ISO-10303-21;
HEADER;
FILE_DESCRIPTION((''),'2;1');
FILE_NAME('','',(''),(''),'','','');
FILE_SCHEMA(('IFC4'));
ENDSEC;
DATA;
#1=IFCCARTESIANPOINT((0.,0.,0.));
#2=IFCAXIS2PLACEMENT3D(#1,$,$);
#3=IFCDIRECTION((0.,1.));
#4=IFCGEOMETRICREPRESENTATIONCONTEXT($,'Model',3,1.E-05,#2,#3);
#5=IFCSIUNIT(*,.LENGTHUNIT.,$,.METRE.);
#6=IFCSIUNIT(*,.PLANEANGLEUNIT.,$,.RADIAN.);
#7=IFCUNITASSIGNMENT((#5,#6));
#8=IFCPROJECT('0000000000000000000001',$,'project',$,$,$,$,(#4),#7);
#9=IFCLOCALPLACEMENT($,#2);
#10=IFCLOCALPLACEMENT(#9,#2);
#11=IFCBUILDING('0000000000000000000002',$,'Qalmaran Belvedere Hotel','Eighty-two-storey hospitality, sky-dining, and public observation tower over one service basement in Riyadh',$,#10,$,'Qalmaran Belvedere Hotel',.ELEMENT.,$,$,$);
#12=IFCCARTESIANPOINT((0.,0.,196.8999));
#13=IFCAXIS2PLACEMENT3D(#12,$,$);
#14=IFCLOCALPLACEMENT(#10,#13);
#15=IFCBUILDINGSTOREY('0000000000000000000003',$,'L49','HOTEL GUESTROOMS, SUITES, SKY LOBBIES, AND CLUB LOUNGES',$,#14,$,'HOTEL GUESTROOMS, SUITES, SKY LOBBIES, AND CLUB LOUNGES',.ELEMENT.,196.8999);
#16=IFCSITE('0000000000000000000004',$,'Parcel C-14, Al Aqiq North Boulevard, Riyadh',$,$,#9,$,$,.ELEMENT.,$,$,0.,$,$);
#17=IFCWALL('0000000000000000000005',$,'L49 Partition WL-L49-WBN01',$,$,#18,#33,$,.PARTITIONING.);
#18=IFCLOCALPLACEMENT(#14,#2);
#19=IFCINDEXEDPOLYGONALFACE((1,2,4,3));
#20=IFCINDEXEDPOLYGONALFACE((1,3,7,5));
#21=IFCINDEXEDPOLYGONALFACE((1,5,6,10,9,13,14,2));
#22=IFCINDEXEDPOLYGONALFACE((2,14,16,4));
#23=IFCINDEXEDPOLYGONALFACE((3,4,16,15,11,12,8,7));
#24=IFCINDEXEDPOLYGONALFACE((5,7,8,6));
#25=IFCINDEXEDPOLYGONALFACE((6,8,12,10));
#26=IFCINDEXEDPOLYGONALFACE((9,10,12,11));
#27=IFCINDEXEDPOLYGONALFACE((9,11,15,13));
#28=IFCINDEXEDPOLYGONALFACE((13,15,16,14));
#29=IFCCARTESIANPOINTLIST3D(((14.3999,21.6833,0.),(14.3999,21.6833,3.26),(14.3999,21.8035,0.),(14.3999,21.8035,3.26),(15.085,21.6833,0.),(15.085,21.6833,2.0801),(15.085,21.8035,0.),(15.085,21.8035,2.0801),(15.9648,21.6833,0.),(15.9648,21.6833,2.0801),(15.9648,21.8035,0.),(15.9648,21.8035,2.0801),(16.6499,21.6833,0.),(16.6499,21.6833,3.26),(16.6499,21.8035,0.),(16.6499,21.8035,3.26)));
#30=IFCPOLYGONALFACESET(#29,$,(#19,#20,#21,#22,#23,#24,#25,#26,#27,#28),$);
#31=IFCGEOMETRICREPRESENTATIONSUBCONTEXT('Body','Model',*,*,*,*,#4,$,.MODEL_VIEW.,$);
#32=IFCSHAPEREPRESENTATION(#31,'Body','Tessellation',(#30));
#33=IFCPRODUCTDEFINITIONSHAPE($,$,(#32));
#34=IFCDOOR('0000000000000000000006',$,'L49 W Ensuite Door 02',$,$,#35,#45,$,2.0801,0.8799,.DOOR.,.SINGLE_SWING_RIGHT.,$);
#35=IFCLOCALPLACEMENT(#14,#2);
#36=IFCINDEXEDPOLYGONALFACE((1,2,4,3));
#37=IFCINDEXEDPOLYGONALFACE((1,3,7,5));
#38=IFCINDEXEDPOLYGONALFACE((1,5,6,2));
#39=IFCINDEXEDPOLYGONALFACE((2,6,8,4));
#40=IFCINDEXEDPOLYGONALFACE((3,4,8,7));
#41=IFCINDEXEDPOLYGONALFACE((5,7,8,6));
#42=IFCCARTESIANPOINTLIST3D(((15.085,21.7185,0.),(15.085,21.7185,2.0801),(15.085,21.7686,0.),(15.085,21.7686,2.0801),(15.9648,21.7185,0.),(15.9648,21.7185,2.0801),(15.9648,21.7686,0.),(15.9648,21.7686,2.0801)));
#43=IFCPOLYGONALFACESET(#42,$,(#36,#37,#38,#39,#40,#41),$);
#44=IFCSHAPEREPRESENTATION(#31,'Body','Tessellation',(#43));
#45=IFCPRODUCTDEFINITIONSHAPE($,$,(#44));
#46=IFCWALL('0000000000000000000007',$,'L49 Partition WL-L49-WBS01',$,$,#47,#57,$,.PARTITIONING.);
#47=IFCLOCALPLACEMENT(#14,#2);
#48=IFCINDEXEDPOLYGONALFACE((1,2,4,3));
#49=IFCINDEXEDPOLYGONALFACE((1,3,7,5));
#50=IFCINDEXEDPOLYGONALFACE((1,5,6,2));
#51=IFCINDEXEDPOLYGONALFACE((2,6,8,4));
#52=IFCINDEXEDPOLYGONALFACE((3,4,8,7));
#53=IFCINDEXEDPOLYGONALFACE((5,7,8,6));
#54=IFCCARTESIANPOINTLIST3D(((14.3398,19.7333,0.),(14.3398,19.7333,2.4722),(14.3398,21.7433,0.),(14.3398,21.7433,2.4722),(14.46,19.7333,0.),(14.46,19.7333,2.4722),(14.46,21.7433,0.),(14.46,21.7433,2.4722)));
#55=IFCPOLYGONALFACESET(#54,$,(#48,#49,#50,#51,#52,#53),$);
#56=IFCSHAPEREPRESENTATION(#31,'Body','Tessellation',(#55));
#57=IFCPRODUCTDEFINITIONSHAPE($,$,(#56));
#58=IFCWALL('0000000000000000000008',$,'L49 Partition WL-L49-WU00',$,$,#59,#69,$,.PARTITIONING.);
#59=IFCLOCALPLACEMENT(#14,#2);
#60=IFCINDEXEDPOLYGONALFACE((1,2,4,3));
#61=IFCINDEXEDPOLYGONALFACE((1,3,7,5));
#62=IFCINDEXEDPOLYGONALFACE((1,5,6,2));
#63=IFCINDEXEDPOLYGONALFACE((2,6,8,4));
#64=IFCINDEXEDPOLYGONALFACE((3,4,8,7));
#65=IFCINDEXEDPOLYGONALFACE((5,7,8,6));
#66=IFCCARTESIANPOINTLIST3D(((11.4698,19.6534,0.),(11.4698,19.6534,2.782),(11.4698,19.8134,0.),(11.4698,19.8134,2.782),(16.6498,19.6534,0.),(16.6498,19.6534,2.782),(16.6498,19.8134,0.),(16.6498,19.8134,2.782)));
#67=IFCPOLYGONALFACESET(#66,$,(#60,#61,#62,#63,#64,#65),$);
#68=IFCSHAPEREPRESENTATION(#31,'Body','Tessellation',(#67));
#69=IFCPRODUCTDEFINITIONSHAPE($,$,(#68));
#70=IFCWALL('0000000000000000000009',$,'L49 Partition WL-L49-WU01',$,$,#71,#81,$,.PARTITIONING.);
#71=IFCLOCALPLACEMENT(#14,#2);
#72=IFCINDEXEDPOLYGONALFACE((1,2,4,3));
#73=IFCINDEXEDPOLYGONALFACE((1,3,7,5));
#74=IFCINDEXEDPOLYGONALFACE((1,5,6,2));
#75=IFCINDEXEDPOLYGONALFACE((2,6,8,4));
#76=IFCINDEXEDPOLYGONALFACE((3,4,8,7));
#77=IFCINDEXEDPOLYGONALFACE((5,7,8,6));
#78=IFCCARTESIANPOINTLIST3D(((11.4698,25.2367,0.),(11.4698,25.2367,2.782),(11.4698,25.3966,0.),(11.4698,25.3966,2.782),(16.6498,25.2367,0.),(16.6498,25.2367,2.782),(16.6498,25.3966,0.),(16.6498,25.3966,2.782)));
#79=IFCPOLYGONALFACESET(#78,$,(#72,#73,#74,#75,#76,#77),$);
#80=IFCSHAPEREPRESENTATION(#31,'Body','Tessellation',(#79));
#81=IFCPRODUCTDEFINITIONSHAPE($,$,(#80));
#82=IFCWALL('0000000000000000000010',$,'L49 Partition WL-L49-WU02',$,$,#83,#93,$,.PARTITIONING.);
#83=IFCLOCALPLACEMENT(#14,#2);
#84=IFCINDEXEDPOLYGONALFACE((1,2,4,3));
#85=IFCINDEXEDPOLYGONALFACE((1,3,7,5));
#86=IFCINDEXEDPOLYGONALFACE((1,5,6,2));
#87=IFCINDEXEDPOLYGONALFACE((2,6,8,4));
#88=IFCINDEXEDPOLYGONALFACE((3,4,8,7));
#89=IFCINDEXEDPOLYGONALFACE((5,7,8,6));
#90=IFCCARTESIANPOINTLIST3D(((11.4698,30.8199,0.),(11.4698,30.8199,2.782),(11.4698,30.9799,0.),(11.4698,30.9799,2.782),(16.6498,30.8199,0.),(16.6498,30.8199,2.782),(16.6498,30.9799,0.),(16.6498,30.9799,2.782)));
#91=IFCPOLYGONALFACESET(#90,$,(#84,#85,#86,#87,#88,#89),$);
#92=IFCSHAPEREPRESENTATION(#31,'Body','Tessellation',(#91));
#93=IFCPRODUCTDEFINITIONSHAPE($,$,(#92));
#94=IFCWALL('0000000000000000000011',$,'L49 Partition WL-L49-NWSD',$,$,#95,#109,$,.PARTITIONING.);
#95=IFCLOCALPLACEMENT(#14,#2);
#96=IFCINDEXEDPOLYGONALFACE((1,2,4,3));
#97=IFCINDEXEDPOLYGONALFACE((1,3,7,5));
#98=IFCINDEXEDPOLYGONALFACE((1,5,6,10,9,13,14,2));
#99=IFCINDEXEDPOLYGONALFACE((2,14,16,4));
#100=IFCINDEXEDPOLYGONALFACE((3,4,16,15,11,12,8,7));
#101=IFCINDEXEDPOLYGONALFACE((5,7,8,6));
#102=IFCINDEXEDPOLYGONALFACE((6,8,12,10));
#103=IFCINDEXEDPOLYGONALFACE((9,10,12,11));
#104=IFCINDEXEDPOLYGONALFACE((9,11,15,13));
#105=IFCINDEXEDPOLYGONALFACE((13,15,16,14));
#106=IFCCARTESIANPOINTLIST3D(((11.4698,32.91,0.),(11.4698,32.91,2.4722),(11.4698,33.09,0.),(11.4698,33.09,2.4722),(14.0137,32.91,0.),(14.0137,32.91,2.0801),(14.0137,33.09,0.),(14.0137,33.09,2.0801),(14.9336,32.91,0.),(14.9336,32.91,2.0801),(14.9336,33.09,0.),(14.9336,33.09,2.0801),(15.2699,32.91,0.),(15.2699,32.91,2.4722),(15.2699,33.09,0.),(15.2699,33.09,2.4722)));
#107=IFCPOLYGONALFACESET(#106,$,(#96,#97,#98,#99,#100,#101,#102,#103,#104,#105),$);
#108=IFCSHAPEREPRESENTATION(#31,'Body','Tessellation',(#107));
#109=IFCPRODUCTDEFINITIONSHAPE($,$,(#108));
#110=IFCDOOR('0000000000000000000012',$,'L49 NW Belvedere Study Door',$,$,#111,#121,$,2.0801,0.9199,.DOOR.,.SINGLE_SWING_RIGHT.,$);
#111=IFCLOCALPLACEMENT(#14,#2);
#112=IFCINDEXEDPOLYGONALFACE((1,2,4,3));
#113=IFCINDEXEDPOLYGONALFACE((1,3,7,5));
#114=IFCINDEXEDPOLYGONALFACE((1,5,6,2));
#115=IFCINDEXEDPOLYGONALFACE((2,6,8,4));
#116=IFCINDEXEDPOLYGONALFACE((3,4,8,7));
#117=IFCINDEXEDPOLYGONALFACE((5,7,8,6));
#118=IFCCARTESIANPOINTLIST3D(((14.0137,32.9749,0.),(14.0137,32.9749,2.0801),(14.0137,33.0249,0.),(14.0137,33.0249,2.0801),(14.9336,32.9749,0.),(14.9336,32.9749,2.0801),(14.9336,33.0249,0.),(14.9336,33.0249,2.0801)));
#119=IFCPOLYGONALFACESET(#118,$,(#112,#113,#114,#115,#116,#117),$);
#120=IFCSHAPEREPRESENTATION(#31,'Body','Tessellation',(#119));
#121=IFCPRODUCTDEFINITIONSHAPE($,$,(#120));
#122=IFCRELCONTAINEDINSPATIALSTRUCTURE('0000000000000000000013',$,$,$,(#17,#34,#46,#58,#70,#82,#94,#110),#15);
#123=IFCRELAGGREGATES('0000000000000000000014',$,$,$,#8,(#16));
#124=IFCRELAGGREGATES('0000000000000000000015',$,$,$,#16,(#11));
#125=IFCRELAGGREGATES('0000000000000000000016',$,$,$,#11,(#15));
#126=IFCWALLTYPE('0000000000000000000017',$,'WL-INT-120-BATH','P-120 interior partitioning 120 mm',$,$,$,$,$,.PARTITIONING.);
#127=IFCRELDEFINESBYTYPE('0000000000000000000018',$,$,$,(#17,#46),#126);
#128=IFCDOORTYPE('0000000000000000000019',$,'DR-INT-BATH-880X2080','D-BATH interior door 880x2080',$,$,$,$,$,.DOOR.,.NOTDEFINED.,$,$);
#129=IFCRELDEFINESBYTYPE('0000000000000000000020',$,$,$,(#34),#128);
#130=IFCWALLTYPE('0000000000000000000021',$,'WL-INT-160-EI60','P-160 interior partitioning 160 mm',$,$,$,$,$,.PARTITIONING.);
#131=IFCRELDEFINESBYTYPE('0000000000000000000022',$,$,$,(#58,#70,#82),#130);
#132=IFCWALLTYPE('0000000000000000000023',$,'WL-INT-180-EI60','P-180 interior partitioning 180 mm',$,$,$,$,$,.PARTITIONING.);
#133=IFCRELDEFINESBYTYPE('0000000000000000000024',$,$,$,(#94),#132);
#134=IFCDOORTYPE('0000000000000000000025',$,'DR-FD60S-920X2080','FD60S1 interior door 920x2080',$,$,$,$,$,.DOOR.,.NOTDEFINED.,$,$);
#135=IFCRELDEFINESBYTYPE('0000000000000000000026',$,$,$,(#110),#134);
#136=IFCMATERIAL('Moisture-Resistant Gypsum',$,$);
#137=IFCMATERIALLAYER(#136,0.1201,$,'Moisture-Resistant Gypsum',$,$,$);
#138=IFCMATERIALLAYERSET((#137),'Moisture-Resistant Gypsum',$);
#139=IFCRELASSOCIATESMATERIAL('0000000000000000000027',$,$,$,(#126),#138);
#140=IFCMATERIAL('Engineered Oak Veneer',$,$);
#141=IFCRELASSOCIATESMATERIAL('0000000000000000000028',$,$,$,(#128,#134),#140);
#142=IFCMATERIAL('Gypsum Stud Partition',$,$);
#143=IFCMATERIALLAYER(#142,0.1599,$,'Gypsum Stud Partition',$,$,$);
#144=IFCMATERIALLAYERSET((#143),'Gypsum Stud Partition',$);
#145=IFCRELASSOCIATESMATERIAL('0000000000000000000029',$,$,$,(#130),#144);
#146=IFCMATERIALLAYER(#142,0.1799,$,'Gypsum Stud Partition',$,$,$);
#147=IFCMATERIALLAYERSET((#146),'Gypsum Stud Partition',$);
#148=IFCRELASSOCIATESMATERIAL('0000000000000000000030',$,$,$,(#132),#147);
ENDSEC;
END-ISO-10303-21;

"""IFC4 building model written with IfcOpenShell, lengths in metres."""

from ifc_helpers import new_model, si_unit, direction, frame, frame_2d, origin, place, context, subcontext, project, spatial, rectangle, extrude, material, layer, layer_set, type_object, element, fill, save


model = new_model("IFC4")

# Units and contexts
model_context = context("Model", 3, precision=1e-05, world=origin(), true_north=direction((0.0, 1.0)))
body_context = subcontext(model_context, "Body", "Model", "MODEL_VIEW")
ifc_project = project(units=[si_unit("LENGTHUNIT", "METRE"), si_unit("PLANEANGLEUNIT", "RADIAN")], contexts=[model_context])

# Site, building, storey
site_placement = place(None, origin())
site = spatial("IfcSite", under=ifc_project, at=site_placement, Name="Parcel C-14, Al Aqiq North Boulevard, Riyadh", CompositionType="ELEMENT", RefElevation=0.0)
building_placement = place(site_placement, origin())
building = spatial("IfcBuilding", under=site, at=building_placement, Name="Qalmaran Belvedere Hotel", Description="Eighty-two-storey hospitality, sky-dining, and public observation tower over one service basement in Riyadh", LongName="Qalmaran Belvedere Hotel", CompositionType="ELEMENT")
storey_placement = place(building_placement, frame((0.0, 0.0, 196.8999)))
storey = spatial("IfcBuildingStorey", under=building, at=storey_placement, Name="L49", Description="HOTEL GUESTROOMS, SUITES, SKY LOBBIES, AND CLUB LOUNGES", LongName="HOTEL GUESTROOMS, SUITES, SKY LOBBIES, AND CLUB LOUNGES", CompositionType="ELEMENT", Elevation=196.8999)

# Wall, opening, door
ifc_material_1 = material(Name="Moisture-Resistant Gypsum")
ifc_layer_1 = layer(ifc_material_1, 0.1201, Name="Moisture-Resistant Gypsum")
ifc_layer_set_1 = layer_set([ifc_layer_1], Name="Moisture-Resistant Gypsum")
wall_type_1 = type_object("IfcWallType", Name="WL-INT-120-BATH", Description="P-120 interior partitioning 120 mm", PredefinedType="PARTITIONING", material=ifc_layer_set_1)
wall_1_placement = place(storey_placement, frame((14.3999, 21.7434, 0.0), z_axis=(0.0, 0.0, 1.0), x_axis=(1.0, 0.0, 0.0)))
wall_1 = element("IfcWall", 1, at=wall_1_placement, inside=storey, type_object=wall_type_1, Name="L49 Partition WL-L49-WBN01", PredefinedType="PARTITIONING", context=body_context, shape_type="SweptSolid", body=[
    extrude(rectangle(XDim=2.25, YDim=0.1201, at=frame_2d((1.125, 0.0))), origin(), (0.0, 0.0, 1.0), 3.26),
])
opening_1_placement = place(wall_1_placement, frame((1.5649, 0.0, 0.0), z_axis=(0.0, 0.0, 1.0), x_axis=(-1.0, 0.0, 0.0)))
opening_1 = element("IfcOpeningElement", 2, at=opening_1_placement, cuts=wall_1, PredefinedType="OPENING", context=body_context, shape_type="SweptSolid", body=[
    extrude(rectangle(XDim=0.8799, YDim=2.0801, at=frame_2d((0.4399, 1.04))), frame((0.0, 0.0701, 0.0), z_axis=(0.0, -1.0, 0.0), x_axis=(1.0, 0.0, 0.0)), (0.0, 0.0, 1.0), 0.1401),
])
ifc_material_2 = material(Name="Engineered Oak Veneer")
door_type_1 = type_object("IfcDoorType", Name="DR-INT-BATH-880X2080", Description="D-BATH interior door 880x2080", OperationType="NOTDEFINED", PredefinedType="DOOR", material=ifc_material_2)
door_1_placement = place(opening_1_placement, origin())
door_1 = element("IfcDoor", 3, at=door_1_placement, inside=storey, type_object=door_type_1, Name="L49 W Ensuite Door 02", OperationType="SINGLE_SWING_RIGHT", OverallHeight=2.0801, OverallWidth=0.8799, PredefinedType="DOOR", context=body_context, shape_type="SweptSolid", body=[
    extrude(rectangle(XDim=0.8799, YDim=2.0801, at=frame_2d((0.4399, 1.04))), frame((0.0, 0.0249, 0.0), z_axis=(0.0, -1.0, 0.0), x_axis=(1.0, 0.0, 0.0)), (0.0, 0.0, 1.0), 0.05),
])
fill(opening_1, door_1)

# Walls
wall_2_placement = place(storey_placement, frame((14.3999, 19.7334, 0.0), z_axis=(0.0, 0.0, 1.0), x_axis=(0.0, 1.0, 0.0)))
element("IfcWall", 4, at=wall_2_placement, inside=storey, type_object=wall_type_1, Name="L49 Partition WL-L49-WBS01", PredefinedType="PARTITIONING", context=body_context, shape_type="SweptSolid", body=[
    extrude(rectangle(XDim=2.01, YDim=0.1201, at=frame_2d((1.0049, 0.0))), origin(), (0.0, 0.0, 1.0), 2.4722),
])
ifc_material_3 = material(Name="Gypsum Stud Partition")
ifc_layer_2 = layer(ifc_material_3, 0.1599, Name="Gypsum Stud Partition")
ifc_layer_set_2 = layer_set([ifc_layer_2], Name="Gypsum Stud Partition")
wall_type_2 = type_object("IfcWallType", Name="WL-INT-160-EI60", Description="P-160 interior partitioning 160 mm", PredefinedType="PARTITIONING", material=ifc_layer_set_2)
for number, where, z_axis, x_axis, name in (
    (5, (11.47, 19.7334, 0.0), (0.0, 0.0, 1.0), (1.0, 0.0, 0.0), "L49 Partition WL-L49-WU00"),
    (6, (11.47, 25.3167, 0.0), (0.0, 0.0, 1.0), (1.0, 0.0, 0.0), "L49 Partition WL-L49-WU01"),
    (7, (11.47, 30.8999, 0.0), (0.0, 0.0, 1.0), (1.0, 0.0, 0.0), "L49 Partition WL-L49-WU02"),
):
    element("IfcWall", number, at=place(storey_placement, frame(where, z_axis=z_axis, x_axis=x_axis)), inside=storey, type_object=wall_type_2, Name=name, PredefinedType="PARTITIONING", context=body_context, shape_type="SweptSolid", body=[
        extrude(rectangle(XDim=5.1799, YDim=0.1599, at=frame_2d((2.5898, 0.0))), origin(), (0.0, 0.0, 1.0), 2.782),
    ])

# Wall, opening, door
ifc_layer_3 = layer(ifc_material_3, 0.1799, Name="Gypsum Stud Partition")
ifc_layer_set_3 = layer_set([ifc_layer_3], Name="Gypsum Stud Partition")
wall_type_3 = type_object("IfcWallType", Name="WL-INT-180-EI60", Description="P-180 interior partitioning 180 mm", PredefinedType="PARTITIONING", material=ifc_layer_set_3)
wall_3_placement = place(storey_placement, frame((11.47, 33.0, 0.0), z_axis=(0.0, 0.0, 1.0), x_axis=(1.0, 0.0, 0.0)))
wall_3 = element("IfcWall", 8, at=wall_3_placement, inside=storey, type_object=wall_type_3, Name="L49 Partition WL-L49-NWSD", PredefinedType="PARTITIONING", context=body_context, shape_type="SweptSolid", body=[
    extrude(rectangle(XDim=3.8, YDim=0.1799, at=frame_2d((1.8999, 0.0))), origin(), (0.0, 0.0, 1.0), 2.4722),
])
opening_2_placement = place(wall_3_placement, frame((2.5437, 0.0, 0.0)))
opening_2 = element("IfcOpeningElement", 9, at=opening_2_placement, cuts=wall_3, PredefinedType="OPENING", context=body_context, shape_type="SweptSolid", body=[
    extrude(rectangle(XDim=0.9199, YDim=2.0801, at=frame_2d((0.46, 1.04))), frame((0.0, 0.1001, 0.0), z_axis=(0.0, -1.0, 0.0), x_axis=(1.0, 0.0, 0.0)), (0.0, 0.0, 1.0), 0.2),
])
door_type_2 = type_object("IfcDoorType", Name="DR-FD60S-920X2080", Description="FD60S1 interior door 920x2080", OperationType="NOTDEFINED", PredefinedType="DOOR", material=ifc_material_2)
door_2_placement = place(opening_2_placement, origin())
door_2 = element("IfcDoor", 10, at=door_2_placement, inside=storey, type_object=door_type_2, Name="L49 NW Belvedere Study Door", OperationType="SINGLE_SWING_RIGHT", OverallHeight=2.0801, OverallWidth=0.9199, PredefinedType="DOOR", context=body_context, shape_type="SweptSolid", body=[
    extrude(rectangle(XDim=0.9199, YDim=2.0801, at=frame_2d((0.46, 1.04))), frame((0.0, 0.0249, 0.0), z_axis=(0.0, -1.0, 0.0), x_axis=(1.0, 0.0, 0.0)), (0.0, 0.0, 1.0), 0.05),
])
fill(opening_2, door_2)

save(model, "model.ifc")
